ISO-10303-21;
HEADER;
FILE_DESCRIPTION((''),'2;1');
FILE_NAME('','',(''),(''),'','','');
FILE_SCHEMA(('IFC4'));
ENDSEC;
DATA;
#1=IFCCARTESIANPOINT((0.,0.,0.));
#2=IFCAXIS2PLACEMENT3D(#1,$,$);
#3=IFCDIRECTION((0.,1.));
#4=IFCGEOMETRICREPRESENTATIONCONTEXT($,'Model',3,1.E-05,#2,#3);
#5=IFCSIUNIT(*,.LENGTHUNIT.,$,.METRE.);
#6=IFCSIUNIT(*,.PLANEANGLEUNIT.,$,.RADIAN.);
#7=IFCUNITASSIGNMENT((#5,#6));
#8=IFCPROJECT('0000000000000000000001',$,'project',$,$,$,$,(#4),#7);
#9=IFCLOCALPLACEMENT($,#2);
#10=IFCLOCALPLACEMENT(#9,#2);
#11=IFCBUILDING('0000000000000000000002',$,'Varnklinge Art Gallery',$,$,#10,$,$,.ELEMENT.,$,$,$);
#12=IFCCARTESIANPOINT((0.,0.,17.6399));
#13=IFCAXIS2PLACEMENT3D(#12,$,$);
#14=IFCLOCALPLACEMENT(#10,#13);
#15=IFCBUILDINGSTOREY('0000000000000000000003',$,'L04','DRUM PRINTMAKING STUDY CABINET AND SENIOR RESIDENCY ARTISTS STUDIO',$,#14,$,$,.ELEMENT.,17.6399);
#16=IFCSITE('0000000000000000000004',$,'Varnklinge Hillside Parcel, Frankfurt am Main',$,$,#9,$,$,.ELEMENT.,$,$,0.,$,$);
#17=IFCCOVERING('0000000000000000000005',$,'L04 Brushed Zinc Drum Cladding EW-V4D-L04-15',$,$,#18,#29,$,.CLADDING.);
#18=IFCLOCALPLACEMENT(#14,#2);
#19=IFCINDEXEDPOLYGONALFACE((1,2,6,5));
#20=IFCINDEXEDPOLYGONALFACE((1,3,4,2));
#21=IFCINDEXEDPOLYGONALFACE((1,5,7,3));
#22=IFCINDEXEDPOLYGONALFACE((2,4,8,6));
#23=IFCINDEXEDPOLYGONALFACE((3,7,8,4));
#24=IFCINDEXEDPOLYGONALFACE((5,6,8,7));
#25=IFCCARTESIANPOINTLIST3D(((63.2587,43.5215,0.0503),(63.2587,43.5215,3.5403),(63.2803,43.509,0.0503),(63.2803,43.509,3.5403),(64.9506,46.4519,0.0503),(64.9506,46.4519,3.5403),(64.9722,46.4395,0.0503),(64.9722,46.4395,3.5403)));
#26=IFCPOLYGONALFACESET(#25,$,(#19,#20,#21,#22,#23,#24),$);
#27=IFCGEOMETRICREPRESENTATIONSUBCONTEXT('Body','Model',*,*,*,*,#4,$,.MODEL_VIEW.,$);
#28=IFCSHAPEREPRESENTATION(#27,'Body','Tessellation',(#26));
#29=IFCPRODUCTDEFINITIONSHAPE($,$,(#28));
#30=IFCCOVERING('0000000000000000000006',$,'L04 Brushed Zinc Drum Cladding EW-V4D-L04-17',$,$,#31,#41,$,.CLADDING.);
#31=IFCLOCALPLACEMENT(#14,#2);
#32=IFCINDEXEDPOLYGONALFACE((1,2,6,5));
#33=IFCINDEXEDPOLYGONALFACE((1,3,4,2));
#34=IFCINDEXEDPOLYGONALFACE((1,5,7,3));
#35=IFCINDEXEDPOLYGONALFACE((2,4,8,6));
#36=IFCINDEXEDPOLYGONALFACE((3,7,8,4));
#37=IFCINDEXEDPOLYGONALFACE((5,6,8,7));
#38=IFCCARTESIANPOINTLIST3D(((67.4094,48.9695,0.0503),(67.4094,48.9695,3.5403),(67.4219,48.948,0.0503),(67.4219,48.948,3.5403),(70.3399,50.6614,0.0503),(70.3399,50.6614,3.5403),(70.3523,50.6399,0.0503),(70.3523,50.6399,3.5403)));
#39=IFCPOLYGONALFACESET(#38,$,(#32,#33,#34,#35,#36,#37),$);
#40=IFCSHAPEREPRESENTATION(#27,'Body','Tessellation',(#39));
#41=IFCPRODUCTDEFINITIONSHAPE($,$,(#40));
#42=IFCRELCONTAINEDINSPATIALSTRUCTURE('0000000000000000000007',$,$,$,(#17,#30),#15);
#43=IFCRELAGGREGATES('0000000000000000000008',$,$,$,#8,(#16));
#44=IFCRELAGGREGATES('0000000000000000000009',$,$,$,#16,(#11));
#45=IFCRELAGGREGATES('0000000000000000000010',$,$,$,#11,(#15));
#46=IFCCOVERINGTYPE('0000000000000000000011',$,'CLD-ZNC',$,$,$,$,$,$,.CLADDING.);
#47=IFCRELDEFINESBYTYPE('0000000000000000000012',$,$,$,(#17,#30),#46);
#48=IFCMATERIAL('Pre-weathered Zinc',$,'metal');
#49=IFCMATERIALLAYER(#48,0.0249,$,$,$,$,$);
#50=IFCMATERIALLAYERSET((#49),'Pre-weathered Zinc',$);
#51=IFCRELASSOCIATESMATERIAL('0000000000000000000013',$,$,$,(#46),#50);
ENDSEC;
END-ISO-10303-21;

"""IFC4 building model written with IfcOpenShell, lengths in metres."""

from ifc_helpers import new_model, si_unit, direction, frame, origin, origin_2d, place, context, subcontext, project, spatial, rectangle, extrude, material, layer, layer_set, type_object, element, save


model = new_model("IFC4")

# Units and contexts
model_context = context("Model", 3, precision=1e-05, world=origin(), true_north=direction((0.0, 1.0)))
body_context = subcontext(model_context, "Body", "Model", "MODEL_VIEW")
ifc_project = project(units=[si_unit("LENGTHUNIT", "METRE"), si_unit("PLANEANGLEUNIT", "RADIAN")], contexts=[model_context])

# Site, building, storey
site_placement = place(None, origin())
site = spatial("IfcSite", under=ifc_project, at=site_placement, Name="Varnklinge Hillside Parcel, Frankfurt am Main", CompositionType="ELEMENT", RefElevation=0.0)
building_placement = place(site_placement, origin())
building = spatial("IfcBuilding", under=site, at=building_placement, Name="Varnklinge Art Gallery", CompositionType="ELEMENT")
storey_placement = place(building_placement, frame((0.0, 0.0, 17.6399)))
storey = spatial("IfcBuildingStorey", under=building, at=storey_placement, Name="L04", Description="DRUM PRINTMAKING STUDY CABINET AND SENIOR RESIDENCY ARTISTS STUDIO", CompositionType="ELEMENT", Elevation=17.6399)

# Coverings
ifc_material_1 = material(Name="Pre-weathered Zinc", Category="metal")
ifc_layer_1 = layer(ifc_material_1, 0.0249)
ifc_layer_set_1 = layer_set([ifc_layer_1], Name="Pre-weathered Zinc")
covering_type = type_object("IfcCoveringType", Name="CLD-ZNC", PredefinedType="CLADDING", material=ifc_layer_set_1)
for number, where, z_axis, x_axis, name in (
    (1, (64.1155, 44.9805, 0.0503), (0.0, 0.0, 1.0), (0.5, 0.866025, 0.0), "L04 Brushed Zinc Drum Cladding EW-V4D-L04-15"),
    (2, (68.8809, 49.8047, 0.0503), (0.0, 0.0, 1.0), (0.866025, 0.5, 0.0), "L04 Brushed Zinc Drum Cladding EW-V4D-L04-17"),
):
    element("IfcCovering", number, at=place(storey_placement, frame(where, z_axis=z_axis, x_axis=x_axis)), inside=storey, type_object=covering_type, Name=name, PredefinedType="CLADDING", context=body_context, shape_type="SweptSolid", body=[
        extrude(rectangle(XDim=3.3838, YDim=0.0249, at=origin_2d()), origin(), (0.0, 0.0, 1.0), 3.49),
    ])

save(model, "model.ifc")
